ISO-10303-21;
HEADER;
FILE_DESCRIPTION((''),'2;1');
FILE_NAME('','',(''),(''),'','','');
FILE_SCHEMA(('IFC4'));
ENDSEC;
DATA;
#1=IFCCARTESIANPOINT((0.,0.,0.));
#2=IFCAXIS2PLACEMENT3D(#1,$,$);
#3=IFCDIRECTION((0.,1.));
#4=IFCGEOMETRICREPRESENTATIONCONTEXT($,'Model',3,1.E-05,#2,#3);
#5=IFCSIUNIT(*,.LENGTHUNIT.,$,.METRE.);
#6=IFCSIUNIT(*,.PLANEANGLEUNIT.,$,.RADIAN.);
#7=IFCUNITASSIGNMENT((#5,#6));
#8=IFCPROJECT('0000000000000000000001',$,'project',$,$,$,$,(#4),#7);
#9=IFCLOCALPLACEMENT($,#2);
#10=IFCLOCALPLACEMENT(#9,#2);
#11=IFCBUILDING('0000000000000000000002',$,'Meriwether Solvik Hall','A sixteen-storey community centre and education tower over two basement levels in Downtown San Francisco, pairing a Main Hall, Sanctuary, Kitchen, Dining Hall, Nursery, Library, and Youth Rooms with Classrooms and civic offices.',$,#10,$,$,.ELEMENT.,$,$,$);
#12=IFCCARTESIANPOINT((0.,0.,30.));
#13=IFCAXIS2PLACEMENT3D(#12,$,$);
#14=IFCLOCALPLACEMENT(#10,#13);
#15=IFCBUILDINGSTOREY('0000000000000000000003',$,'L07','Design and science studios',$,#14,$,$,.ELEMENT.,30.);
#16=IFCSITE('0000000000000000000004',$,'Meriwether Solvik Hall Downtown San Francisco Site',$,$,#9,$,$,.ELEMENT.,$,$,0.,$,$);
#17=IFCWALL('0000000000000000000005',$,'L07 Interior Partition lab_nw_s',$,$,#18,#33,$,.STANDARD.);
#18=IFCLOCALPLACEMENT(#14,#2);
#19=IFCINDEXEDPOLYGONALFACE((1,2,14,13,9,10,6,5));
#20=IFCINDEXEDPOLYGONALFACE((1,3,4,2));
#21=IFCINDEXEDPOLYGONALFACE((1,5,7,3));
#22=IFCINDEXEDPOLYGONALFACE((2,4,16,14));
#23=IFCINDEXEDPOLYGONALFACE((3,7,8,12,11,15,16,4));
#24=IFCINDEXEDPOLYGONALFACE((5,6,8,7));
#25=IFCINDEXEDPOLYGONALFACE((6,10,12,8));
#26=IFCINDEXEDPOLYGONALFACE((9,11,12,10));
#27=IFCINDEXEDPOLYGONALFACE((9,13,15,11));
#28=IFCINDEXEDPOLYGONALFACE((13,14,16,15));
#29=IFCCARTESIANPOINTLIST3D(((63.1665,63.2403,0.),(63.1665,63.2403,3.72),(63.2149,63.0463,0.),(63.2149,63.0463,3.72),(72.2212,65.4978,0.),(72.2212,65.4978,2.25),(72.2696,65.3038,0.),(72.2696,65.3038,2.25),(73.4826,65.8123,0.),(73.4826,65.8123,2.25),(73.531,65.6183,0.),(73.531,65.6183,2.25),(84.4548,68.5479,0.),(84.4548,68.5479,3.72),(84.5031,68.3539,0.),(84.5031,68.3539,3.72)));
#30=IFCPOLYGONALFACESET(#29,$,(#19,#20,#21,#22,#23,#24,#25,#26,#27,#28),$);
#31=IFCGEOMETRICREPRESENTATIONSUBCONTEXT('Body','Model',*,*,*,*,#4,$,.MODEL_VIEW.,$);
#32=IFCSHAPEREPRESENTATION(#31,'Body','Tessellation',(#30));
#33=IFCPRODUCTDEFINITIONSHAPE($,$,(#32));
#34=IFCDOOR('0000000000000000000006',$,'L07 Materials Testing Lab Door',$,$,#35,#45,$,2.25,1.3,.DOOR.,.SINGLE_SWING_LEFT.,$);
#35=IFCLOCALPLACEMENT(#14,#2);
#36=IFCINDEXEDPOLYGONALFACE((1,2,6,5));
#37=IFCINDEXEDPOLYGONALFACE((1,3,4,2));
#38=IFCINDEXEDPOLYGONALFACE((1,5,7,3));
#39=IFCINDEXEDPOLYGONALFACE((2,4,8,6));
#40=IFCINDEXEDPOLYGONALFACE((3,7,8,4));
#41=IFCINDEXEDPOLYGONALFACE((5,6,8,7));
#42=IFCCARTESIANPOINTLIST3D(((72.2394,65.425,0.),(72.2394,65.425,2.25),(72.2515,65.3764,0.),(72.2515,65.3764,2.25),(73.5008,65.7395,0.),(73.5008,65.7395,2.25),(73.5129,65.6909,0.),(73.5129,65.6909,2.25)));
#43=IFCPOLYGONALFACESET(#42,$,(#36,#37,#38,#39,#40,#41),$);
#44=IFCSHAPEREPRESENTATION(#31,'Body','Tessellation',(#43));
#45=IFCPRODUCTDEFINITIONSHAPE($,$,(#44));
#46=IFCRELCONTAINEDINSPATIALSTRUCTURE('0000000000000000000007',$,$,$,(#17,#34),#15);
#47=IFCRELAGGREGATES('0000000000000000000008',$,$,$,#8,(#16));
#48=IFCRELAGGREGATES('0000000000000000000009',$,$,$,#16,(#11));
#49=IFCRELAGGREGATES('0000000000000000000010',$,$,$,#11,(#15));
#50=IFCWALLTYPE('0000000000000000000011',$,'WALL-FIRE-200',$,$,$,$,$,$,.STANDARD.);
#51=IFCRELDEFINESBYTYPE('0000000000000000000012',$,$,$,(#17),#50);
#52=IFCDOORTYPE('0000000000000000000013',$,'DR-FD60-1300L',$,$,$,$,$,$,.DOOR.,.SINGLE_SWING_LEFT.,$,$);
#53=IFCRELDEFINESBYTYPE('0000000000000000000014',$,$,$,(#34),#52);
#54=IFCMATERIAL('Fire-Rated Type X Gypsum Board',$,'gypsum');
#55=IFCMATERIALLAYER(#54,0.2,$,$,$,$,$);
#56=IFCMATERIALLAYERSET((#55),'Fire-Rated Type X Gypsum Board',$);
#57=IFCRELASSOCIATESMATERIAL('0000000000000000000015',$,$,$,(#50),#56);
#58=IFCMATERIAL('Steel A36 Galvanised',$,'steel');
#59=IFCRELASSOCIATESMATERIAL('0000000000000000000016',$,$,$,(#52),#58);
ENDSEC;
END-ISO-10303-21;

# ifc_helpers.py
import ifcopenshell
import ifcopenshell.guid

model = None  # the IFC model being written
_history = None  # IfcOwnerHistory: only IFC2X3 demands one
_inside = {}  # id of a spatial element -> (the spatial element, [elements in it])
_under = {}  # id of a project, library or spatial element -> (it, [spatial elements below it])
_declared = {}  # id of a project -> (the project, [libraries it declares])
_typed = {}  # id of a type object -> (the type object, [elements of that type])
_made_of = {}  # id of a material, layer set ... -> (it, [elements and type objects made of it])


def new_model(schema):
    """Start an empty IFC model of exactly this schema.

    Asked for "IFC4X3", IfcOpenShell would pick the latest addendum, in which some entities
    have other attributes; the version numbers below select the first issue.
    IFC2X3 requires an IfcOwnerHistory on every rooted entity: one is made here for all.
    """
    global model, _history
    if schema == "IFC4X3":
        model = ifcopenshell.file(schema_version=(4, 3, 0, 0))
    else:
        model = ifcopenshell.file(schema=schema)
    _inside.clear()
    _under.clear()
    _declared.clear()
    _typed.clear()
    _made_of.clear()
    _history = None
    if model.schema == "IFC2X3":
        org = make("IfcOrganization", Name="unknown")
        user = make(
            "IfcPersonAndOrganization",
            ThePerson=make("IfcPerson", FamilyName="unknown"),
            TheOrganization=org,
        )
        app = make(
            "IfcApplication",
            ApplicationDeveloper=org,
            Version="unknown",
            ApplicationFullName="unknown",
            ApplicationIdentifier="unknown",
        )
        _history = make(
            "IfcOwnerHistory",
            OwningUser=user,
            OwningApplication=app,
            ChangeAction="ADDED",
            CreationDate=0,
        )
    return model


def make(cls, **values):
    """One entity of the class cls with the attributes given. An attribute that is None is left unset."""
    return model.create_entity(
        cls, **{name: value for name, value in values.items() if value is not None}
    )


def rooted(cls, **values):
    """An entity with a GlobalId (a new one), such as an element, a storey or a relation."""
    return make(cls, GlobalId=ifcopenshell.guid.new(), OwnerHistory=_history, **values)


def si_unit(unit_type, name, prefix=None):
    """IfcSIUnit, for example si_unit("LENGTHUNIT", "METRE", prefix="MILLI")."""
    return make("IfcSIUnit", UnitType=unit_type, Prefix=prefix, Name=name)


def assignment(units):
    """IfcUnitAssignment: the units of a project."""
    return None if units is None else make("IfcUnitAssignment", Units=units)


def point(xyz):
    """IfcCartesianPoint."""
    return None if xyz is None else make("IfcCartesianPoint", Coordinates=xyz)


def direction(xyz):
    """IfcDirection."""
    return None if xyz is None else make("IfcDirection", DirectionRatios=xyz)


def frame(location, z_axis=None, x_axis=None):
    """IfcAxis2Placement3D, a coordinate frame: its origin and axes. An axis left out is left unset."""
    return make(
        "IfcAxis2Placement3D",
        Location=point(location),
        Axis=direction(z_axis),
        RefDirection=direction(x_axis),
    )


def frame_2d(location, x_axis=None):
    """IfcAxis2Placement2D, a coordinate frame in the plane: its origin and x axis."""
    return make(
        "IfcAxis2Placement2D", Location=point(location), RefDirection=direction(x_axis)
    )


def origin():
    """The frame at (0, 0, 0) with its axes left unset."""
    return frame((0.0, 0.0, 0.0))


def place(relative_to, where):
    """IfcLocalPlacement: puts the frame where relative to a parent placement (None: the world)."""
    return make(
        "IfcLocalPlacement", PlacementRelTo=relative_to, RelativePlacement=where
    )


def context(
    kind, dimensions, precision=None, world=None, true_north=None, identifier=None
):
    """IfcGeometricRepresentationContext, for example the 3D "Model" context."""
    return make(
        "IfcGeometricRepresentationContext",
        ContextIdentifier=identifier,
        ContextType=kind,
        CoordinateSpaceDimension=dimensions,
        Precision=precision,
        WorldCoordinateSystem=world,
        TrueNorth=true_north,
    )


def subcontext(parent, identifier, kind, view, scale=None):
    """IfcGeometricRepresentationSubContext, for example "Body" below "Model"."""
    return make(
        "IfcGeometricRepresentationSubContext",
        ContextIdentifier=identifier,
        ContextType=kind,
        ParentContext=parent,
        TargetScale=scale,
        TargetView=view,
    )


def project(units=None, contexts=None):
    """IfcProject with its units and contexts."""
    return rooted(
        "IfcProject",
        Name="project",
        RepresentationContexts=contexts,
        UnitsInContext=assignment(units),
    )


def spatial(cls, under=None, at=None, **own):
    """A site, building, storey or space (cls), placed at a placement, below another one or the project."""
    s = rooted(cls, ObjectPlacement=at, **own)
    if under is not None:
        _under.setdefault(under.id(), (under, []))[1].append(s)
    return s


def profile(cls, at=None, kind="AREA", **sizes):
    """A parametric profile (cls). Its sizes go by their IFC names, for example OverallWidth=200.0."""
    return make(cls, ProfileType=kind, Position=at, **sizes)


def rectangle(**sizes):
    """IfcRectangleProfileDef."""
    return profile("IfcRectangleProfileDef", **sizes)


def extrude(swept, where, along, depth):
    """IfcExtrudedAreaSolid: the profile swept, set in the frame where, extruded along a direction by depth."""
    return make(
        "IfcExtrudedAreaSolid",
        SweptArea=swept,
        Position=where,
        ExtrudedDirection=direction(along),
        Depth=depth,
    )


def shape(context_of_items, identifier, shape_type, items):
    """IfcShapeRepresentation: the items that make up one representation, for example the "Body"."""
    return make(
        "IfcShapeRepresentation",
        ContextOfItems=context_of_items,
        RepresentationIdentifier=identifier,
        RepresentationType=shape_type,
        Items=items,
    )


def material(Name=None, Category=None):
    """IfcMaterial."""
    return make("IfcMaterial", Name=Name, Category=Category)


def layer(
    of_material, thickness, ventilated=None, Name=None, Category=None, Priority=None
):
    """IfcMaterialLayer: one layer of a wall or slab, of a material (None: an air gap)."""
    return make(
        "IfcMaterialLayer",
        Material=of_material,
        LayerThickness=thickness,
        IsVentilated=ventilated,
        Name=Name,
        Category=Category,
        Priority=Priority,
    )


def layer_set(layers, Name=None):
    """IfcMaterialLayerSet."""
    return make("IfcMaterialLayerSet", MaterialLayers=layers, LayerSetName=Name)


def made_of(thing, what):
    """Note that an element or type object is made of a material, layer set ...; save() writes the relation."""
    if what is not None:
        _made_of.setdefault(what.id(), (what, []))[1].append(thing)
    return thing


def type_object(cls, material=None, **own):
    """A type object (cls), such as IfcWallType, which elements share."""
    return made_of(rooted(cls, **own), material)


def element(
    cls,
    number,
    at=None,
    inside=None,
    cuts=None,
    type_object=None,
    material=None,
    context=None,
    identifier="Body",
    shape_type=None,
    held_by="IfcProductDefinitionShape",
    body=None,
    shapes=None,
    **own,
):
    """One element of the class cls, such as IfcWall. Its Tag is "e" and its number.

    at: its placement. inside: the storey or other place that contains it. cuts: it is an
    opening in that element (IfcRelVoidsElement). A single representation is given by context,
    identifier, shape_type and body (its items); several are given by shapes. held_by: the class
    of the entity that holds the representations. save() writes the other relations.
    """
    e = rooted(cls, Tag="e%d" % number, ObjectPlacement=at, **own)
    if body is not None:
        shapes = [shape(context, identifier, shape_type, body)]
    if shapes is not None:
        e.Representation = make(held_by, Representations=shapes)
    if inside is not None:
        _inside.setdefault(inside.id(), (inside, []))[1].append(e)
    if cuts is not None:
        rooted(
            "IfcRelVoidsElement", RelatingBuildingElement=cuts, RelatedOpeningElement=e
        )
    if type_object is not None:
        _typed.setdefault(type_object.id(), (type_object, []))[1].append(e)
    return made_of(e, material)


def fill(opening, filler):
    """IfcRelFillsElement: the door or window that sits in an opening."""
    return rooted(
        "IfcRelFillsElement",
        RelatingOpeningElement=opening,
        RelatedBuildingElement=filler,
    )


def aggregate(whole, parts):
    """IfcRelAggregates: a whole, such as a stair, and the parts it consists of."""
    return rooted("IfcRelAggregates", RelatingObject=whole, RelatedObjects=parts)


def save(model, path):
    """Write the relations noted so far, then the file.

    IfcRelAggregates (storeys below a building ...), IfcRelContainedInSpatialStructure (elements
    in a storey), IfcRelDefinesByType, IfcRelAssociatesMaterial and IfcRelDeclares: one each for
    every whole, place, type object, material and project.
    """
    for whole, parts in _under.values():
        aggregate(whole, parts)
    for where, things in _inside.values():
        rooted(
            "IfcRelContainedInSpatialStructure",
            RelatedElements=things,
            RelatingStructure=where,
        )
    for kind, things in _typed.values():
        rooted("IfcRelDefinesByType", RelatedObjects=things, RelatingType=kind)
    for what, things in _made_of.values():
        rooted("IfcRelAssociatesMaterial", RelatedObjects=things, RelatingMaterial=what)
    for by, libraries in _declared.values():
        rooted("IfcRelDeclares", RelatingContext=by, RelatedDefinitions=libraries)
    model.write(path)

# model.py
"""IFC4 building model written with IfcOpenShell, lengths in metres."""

from ifc_helpers import new_model, si_unit, direction, frame, frame_2d, origin, place, context, subcontext, project, spatial, rectangle, extrude, material, layer, layer_set, type_object, element, fill, save


model = new_model("IFC4")

# Units and contexts
model_context = context("Model", 3, precision=1e-05, world=origin(), true_north=direction((0.0, 1.0)))
body_context = subcontext(model_context, "Body", "Model", "MODEL_VIEW")
ifc_project = project(units=[si_unit("LENGTHUNIT", "METRE"), si_unit("PLANEANGLEUNIT", "RADIAN")], contexts=[model_context])

# Site, building, storey
site_placement = place(None, origin())
site = spatial("IfcSite", under=ifc_project, at=site_placement, Name="Meriwether Solvik Hall Downtown San Francisco Site", CompositionType="ELEMENT", RefElevation=0.0)
building_placement = place(site_placement, origin())
building = spatial("IfcBuilding", under=site, at=building_placement, Name="Meriwether Solvik Hall", Description="A sixteen-storey community centre and education tower over two basement levels in Downtown San Francisco, pairing a Main Hall, Sanctuary, Kitchen, Dining Hall, Nursery, Library, and Youth Rooms with Classrooms and civic offices.", CompositionType="ELEMENT")
storey_placement = place(building_placement, frame((0.0, 0.0, 30.0)))
storey = spatial("IfcBuildingStorey", under=building, at=storey_placement, Name="L07", Description="Design and science studios", CompositionType="ELEMENT", Elevation=30.0)

# Wall, opening, door
ifc_material_1 = material(Name="Fire-Rated Type X Gypsum Board", Category="gypsum")
ifc_layer_1 = layer(ifc_material_1, 0.2)
ifc_layer_set_1 = layer_set([ifc_layer_1], Name="Fire-Rated Type X Gypsum Board")
wall_type_1 = type_object("IfcWallType", Name="WALL-FIRE-200", PredefinedType="STANDARD", material=ifc_layer_set_1)
wall_1_placement = place(storey_placement, frame((63.1907, 63.1433, 0.0), z_axis=(0.0, 0.0, 1.0), x_axis=(0.970297, 0.241915, 0.0)))
wall_1 = element("IfcWall", 1, at=wall_1_placement, inside=storey, type_object=wall_type_1, Name="L07 Interior Partition lab_nw_s", PredefinedType="STANDARD", context=body_context, shape_type="SweptSolid", body=[
    extrude(rectangle(XDim=21.9399, YDim=0.2, at=frame_2d((10.97, 0.0))), origin(), (0.0, 0.0, 1.0), 3.72),
])
opening_1_placement = place(wall_1_placement, frame((9.332, 0.0, 0.0)))
opening_1 = element("IfcOpeningElement", 2, at=opening_1_placement, cuts=wall_1, PredefinedType="OPENING", context=body_context, shape_type="SweptSolid", body=[
    extrude(rectangle(XDim=1.3, YDim=2.25, at=frame_2d((0.6499, 1.125))), frame((0.0, 0.1118, 0.0), z_axis=(0.0, -1.0, 0.0), x_axis=(1.0, 0.0, 0.0)), (0.0, 0.0, 1.0), 0.2239),
])
ifc_material_2 = material(Name="Steel A36 Galvanised", Category="steel")
door_type_1 = type_object("IfcDoorType", Name="DR-FD60-1300L", OperationType="SINGLE_SWING_LEFT", PredefinedType="DOOR", material=ifc_material_2)
door_1_placement = place(opening_1_placement, origin())
door_1 = element("IfcDoor", 3, at=door_1_placement, inside=storey, type_object=door_type_1, Name="L07 Materials Testing Lab Door", OperationType="SINGLE_SWING_LEFT", OverallHeight=2.25, OverallWidth=1.3, PredefinedType="DOOR", context=body_context, shape_type="SweptSolid", body=[
    extrude(rectangle(XDim=1.3, YDim=2.25, at=frame_2d((0.6499, 1.125))), frame((0.0, 0.0249, 0.0), z_axis=(0.0, -1.0, 0.0), x_axis=(1.0, 0.0, 0.0)), (0.0, 0.0, 1.0), 0.05),
])
fill(opening_1, door_1)

save(model, "model.ifc")
